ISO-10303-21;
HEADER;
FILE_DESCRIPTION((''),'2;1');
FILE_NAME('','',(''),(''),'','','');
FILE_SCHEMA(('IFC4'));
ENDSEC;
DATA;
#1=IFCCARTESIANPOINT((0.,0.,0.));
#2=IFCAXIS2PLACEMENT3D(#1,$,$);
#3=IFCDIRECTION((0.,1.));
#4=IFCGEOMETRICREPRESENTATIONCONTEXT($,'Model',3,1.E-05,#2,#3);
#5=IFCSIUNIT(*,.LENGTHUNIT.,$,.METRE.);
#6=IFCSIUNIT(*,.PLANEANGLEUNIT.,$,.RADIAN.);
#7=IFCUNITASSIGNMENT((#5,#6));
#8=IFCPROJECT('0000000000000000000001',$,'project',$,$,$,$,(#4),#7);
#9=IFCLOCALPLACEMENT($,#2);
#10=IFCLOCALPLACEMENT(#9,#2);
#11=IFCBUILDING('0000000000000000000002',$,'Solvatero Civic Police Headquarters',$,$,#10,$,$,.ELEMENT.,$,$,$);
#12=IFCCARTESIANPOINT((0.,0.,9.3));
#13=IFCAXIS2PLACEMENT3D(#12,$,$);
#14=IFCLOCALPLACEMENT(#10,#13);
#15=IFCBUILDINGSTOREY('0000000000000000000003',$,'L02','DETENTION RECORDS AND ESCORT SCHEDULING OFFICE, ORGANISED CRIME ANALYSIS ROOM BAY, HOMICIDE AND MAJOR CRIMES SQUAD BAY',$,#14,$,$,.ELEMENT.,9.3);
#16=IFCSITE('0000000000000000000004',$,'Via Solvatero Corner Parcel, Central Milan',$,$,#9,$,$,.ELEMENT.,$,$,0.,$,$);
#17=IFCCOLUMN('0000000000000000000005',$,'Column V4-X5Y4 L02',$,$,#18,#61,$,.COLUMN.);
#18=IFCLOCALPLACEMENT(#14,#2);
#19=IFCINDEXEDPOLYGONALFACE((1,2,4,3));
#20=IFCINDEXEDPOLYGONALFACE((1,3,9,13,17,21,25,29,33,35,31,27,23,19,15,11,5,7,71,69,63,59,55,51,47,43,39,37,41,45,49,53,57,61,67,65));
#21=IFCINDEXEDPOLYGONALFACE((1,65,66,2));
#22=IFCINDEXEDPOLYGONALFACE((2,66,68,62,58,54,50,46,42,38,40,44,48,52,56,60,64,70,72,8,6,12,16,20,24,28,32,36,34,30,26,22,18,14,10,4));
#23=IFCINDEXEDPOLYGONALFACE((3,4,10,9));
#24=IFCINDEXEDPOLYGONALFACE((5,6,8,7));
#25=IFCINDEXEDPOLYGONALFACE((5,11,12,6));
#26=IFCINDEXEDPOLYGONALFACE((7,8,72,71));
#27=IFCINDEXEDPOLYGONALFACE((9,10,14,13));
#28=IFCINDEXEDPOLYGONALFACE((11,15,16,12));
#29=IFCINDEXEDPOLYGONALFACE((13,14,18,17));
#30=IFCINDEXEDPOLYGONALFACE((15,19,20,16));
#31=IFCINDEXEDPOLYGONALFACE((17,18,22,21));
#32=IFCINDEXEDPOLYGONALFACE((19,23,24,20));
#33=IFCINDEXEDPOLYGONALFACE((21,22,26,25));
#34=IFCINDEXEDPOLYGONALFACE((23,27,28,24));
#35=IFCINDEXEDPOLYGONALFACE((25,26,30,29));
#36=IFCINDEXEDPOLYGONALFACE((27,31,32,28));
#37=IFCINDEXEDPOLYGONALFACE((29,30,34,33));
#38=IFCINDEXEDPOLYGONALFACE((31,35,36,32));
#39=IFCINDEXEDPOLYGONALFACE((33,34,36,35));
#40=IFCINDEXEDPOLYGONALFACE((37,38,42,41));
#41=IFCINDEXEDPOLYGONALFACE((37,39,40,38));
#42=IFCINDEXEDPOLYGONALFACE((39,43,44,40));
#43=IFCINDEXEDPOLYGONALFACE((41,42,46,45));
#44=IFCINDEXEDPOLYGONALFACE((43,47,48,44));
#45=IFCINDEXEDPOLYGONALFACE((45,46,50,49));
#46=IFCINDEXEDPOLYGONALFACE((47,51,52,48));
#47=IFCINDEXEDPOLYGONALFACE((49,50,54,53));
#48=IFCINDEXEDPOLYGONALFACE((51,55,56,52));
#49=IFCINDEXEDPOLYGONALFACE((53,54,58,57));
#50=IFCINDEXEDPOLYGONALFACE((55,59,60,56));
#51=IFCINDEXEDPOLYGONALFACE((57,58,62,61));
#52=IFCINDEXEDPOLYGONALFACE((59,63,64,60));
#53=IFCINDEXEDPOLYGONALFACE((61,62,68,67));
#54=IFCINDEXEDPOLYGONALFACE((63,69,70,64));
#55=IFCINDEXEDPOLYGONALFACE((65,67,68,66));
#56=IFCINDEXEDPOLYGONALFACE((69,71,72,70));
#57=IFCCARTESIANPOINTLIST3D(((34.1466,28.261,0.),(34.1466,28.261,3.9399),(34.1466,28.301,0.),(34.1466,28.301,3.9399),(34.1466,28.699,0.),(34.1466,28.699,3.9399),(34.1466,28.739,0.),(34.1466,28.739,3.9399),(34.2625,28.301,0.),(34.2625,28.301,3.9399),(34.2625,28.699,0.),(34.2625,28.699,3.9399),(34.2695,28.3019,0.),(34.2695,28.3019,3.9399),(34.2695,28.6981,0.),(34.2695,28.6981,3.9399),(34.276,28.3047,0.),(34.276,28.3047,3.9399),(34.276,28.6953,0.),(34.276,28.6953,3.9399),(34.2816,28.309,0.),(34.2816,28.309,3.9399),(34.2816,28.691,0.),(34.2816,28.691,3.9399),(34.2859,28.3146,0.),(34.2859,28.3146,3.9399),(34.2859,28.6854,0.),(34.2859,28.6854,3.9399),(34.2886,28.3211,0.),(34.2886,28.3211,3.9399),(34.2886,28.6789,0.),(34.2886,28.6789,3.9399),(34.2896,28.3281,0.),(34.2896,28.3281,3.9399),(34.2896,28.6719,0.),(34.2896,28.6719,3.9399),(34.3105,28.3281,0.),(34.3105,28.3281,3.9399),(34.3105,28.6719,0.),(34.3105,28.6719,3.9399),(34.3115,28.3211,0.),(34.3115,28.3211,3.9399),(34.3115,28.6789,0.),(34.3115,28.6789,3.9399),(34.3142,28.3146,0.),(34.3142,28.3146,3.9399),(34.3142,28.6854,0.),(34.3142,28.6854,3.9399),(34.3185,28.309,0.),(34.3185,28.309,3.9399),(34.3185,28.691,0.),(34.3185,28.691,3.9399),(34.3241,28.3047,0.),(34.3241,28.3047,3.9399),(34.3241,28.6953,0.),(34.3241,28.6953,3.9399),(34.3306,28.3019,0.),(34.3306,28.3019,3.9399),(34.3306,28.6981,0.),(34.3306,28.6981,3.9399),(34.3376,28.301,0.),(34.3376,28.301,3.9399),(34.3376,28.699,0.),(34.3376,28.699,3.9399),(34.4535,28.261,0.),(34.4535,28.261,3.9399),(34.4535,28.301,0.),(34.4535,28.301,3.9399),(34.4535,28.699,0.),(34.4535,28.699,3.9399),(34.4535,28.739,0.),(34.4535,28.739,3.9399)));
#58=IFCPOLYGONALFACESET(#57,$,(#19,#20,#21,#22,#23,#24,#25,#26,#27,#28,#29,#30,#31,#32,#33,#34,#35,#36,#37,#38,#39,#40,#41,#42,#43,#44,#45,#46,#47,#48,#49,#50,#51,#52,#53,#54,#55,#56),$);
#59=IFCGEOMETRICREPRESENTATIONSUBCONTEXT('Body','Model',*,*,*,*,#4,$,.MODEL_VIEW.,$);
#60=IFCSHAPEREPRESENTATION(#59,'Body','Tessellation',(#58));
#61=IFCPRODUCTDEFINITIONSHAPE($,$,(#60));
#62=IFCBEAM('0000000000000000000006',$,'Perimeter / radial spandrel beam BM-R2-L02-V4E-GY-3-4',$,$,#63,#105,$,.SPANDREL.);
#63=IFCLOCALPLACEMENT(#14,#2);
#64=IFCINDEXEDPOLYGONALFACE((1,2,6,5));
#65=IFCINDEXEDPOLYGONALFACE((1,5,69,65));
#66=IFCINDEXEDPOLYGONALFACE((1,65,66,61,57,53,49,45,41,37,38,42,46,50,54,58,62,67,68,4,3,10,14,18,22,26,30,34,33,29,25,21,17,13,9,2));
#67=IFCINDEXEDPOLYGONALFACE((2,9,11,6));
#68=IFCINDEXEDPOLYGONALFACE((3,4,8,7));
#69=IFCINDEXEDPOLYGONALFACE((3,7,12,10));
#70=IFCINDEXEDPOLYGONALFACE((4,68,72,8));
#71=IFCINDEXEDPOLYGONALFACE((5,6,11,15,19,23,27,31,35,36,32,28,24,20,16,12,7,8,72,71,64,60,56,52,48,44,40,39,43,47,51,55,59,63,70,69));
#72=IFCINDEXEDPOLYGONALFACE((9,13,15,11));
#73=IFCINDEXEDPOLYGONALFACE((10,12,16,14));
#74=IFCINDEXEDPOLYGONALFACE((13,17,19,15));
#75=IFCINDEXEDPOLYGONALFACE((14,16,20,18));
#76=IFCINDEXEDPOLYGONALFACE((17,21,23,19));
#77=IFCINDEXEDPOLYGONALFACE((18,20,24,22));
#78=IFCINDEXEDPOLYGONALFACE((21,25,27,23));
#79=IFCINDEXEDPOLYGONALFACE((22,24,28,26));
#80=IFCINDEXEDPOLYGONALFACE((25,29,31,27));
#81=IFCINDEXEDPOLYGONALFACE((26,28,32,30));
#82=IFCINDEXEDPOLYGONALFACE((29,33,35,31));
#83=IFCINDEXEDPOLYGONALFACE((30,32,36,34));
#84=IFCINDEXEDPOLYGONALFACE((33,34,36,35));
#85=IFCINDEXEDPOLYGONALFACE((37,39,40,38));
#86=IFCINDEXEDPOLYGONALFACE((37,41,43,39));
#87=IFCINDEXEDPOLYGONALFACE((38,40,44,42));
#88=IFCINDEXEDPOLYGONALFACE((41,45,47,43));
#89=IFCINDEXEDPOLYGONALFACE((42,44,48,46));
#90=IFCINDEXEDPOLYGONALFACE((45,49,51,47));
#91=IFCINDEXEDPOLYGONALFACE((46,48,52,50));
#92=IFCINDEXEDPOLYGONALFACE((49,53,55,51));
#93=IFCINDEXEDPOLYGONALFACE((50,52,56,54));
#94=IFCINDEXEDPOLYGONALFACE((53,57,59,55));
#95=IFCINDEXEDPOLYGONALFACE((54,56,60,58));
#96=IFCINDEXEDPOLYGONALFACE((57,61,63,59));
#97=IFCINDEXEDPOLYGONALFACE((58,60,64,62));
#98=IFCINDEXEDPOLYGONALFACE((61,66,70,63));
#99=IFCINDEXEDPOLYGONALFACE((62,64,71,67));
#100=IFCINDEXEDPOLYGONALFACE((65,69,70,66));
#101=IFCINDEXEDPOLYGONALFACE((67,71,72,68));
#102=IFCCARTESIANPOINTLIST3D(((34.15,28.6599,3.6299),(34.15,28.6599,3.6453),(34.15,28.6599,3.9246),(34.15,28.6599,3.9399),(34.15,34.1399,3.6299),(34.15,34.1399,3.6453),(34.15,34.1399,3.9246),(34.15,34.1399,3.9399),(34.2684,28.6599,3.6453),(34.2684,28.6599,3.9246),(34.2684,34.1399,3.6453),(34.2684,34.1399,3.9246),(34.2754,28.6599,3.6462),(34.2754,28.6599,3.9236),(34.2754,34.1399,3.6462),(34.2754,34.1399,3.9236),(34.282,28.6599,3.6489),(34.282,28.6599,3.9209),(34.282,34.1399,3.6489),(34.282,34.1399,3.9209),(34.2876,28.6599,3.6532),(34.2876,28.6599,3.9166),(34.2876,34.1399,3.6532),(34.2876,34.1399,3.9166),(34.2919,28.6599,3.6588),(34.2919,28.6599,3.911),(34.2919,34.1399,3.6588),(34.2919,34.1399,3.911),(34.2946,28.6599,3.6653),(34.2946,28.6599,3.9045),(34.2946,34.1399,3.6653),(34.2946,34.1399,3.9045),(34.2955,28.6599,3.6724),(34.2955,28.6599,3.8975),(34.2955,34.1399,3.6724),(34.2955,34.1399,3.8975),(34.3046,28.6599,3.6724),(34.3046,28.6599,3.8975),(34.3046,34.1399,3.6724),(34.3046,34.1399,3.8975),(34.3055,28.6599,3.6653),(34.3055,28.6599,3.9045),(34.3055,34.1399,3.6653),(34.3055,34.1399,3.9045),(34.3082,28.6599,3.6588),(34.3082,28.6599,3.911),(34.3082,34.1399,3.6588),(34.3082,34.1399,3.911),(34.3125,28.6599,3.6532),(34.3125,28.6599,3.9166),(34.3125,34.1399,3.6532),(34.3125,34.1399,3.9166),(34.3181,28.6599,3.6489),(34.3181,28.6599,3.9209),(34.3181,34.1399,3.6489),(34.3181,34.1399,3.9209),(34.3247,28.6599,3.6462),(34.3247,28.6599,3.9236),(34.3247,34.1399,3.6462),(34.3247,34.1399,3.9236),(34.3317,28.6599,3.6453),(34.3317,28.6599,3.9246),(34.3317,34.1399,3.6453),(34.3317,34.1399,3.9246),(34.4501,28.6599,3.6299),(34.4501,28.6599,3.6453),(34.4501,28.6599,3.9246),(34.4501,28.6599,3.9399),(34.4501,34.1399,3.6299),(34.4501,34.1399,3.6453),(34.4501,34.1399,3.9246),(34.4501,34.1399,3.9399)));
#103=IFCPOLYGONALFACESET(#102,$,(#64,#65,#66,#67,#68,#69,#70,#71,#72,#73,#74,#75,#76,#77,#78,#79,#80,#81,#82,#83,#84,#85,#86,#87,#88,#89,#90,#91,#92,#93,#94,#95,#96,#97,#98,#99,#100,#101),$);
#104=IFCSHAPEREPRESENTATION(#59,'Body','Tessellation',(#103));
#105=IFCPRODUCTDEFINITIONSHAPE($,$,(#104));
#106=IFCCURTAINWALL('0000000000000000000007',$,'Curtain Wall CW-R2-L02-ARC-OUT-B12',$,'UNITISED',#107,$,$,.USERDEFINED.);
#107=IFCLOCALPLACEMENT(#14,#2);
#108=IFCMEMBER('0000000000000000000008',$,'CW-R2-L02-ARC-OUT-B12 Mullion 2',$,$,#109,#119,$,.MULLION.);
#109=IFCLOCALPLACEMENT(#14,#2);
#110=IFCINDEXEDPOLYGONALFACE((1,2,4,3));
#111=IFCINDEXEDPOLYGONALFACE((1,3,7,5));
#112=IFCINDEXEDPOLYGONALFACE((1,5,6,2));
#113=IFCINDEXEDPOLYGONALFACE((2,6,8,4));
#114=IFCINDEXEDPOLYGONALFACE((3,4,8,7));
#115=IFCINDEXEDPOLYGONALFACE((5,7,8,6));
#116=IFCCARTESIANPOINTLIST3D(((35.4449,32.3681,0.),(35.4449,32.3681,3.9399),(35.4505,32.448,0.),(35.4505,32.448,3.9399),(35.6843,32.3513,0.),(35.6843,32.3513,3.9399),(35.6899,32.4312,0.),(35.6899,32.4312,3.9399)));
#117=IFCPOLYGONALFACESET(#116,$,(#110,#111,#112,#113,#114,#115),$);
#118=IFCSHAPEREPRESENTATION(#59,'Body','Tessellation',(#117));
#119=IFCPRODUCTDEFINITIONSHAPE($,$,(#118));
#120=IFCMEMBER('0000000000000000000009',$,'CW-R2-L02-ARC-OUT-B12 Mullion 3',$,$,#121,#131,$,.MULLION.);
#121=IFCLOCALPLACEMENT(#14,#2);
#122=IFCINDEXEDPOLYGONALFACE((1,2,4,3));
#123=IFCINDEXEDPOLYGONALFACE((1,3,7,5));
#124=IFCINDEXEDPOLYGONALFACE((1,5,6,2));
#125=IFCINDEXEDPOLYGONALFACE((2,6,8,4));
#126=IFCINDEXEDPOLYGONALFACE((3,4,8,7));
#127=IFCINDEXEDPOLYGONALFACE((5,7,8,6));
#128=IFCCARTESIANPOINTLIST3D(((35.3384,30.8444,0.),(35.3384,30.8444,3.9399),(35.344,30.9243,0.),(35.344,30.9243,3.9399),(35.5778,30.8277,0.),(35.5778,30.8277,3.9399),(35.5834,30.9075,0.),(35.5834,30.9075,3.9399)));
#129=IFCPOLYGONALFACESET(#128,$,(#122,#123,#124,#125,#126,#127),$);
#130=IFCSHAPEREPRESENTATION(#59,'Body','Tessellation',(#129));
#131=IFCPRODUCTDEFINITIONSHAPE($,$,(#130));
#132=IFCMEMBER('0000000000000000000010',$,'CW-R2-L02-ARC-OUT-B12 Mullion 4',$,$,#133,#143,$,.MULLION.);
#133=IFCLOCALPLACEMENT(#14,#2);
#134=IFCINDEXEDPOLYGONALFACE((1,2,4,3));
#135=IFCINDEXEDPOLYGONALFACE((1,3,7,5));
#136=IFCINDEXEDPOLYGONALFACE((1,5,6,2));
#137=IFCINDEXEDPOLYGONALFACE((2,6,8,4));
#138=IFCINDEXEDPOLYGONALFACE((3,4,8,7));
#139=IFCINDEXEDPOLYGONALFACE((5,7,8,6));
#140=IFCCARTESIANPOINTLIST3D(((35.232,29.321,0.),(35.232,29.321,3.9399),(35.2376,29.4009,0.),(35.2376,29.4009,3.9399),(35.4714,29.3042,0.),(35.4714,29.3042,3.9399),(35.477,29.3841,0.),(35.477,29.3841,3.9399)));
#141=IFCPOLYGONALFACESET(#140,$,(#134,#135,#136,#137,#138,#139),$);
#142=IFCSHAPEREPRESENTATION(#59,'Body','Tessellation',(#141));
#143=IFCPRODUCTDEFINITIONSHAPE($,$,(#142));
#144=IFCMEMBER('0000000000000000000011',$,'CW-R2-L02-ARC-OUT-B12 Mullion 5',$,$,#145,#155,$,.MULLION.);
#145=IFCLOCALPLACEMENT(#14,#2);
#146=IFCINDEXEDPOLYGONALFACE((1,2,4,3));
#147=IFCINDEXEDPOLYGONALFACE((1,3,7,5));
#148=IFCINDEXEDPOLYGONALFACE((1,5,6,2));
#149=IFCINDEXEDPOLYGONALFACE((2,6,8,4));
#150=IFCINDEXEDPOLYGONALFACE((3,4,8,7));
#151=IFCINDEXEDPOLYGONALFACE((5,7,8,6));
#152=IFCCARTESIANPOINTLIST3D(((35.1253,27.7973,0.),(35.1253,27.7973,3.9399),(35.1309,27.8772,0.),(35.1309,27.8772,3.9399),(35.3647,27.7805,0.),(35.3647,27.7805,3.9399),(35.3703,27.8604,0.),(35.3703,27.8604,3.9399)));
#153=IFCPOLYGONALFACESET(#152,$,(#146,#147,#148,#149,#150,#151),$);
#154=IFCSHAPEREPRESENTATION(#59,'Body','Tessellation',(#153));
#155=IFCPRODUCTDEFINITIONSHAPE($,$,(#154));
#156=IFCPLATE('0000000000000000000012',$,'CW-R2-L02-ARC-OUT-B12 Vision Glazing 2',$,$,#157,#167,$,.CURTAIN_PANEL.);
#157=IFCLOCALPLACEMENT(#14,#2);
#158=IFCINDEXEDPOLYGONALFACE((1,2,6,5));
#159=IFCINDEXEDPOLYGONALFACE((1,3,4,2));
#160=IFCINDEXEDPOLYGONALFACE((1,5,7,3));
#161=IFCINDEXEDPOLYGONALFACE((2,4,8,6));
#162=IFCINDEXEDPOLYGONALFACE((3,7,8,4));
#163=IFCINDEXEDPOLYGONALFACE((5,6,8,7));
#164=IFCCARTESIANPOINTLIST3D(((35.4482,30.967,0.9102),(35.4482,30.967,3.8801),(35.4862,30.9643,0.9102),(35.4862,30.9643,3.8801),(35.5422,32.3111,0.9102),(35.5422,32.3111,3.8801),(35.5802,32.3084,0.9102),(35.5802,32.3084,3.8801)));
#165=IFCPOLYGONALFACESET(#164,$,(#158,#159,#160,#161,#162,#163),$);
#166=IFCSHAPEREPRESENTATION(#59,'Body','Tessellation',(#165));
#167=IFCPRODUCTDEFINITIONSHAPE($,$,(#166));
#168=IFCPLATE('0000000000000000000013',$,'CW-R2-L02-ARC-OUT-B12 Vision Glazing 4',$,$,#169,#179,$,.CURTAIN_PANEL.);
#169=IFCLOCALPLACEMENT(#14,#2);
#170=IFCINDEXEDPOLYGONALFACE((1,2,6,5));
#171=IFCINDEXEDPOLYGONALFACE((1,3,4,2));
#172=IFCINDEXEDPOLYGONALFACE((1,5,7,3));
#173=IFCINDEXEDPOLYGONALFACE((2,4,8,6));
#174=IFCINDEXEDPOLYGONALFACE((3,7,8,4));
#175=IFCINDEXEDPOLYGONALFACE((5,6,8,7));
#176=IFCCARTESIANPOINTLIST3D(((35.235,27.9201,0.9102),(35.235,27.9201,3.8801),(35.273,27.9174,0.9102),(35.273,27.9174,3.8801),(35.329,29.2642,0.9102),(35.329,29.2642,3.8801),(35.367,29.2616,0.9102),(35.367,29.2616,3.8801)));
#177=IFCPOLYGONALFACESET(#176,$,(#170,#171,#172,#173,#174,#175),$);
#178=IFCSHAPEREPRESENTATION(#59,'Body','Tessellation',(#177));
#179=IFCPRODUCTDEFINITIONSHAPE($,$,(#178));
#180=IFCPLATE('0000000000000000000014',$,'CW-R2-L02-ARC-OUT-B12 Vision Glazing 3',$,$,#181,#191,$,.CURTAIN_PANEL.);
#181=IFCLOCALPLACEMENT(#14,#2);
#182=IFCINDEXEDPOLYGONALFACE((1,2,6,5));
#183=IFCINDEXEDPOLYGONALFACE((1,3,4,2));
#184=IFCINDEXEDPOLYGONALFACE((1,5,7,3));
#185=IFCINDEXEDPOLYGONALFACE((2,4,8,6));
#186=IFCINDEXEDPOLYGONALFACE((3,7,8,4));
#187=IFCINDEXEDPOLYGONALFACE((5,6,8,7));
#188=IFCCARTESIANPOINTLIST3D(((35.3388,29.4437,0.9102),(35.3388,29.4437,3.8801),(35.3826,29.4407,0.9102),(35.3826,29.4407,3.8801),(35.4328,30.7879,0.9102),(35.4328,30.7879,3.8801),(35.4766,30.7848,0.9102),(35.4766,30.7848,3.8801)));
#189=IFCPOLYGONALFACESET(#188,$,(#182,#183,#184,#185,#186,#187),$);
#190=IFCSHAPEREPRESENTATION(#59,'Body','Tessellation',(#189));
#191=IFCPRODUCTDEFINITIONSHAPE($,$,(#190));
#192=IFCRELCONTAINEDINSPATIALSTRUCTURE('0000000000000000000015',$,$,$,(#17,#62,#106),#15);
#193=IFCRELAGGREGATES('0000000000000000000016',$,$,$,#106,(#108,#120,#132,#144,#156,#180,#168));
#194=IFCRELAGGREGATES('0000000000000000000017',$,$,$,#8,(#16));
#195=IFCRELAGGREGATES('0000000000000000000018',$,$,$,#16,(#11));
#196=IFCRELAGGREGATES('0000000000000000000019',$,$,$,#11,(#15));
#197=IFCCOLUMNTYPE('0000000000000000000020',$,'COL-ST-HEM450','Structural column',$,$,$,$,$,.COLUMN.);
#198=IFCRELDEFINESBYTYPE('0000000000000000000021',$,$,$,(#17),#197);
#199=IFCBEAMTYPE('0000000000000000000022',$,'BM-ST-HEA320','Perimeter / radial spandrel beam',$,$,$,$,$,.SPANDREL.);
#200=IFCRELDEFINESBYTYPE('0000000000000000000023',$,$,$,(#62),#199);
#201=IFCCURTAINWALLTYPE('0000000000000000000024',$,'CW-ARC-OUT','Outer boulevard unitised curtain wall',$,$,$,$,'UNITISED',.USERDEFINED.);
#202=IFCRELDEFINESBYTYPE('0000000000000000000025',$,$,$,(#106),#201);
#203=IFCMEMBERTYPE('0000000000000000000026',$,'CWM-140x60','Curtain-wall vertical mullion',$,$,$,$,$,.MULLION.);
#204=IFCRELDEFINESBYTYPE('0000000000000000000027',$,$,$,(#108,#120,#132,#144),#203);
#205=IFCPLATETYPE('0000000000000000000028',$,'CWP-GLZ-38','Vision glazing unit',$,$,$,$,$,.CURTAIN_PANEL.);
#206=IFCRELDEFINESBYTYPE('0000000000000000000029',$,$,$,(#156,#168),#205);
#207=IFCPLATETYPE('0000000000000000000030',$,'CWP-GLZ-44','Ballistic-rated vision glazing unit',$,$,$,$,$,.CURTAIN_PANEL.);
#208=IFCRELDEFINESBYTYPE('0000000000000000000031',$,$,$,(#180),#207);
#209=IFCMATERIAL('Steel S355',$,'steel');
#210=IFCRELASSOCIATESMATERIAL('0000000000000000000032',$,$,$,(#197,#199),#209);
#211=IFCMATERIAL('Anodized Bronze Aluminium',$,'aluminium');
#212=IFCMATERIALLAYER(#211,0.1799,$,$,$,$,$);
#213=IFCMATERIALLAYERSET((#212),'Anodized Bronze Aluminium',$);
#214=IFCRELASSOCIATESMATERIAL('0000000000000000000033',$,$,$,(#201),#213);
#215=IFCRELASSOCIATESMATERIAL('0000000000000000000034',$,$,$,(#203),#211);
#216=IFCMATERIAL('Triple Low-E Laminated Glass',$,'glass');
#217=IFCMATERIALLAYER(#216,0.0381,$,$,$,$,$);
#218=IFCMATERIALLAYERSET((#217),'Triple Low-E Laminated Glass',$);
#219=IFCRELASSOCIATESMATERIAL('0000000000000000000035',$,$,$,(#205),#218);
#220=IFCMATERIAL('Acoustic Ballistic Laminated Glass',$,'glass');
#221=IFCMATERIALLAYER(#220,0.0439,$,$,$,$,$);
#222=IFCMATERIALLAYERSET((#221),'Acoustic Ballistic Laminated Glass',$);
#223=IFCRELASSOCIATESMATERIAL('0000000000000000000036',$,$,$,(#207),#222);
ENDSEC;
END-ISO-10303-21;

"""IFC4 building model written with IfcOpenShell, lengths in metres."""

from ifc_helpers import new_model, si_unit, direction, frame, origin, origin_2d, place, context, subcontext, project, spatial, rectangle, i_section, extrude, material, layer, layer_set, material_profile, profile_set, type_object, element, aggregate, save


model = new_model("IFC4")

# Units and contexts
model_context = context("Model", 3, precision=1e-05, world=origin(), true_north=direction((0.0, 1.0)))
body_context = subcontext(model_context, "Body", "Model", "MODEL_VIEW")
ifc_project = project(units=[si_unit("LENGTHUNIT", "METRE"), si_unit("PLANEANGLEUNIT", "RADIAN")], contexts=[model_context])

# Site, building, storey
site_placement = place(None, origin())
site = spatial("IfcSite", under=ifc_project, at=site_placement, Name="Via Solvatero Corner Parcel, Central Milan", CompositionType="ELEMENT", RefElevation=0.0)
building_placement = place(site_placement, origin())
building = spatial("IfcBuilding", under=site, at=building_placement, Name="Solvatero Civic Police Headquarters", CompositionType="ELEMENT")
storey_placement = place(building_placement, frame((0.0, 0.0, 9.3)))
storey = spatial("IfcBuildingStorey", under=building, at=storey_placement, Name="L02", Description="DETENTION RECORDS AND ESCORT SCHEDULING OFFICE, ORGANISED CRIME ANALYSIS ROOM BAY, HOMICIDE AND MAJOR CRIMES SQUAD BAY", CompositionType="ELEMENT", Elevation=9.3)

# Column
ifc_material_1 = material(Name="Steel S355", Category="steel")
ifc_material_profile_1 = material_profile(ifc_material_1, i_section(OverallWidth=0.3069, OverallDepth=0.478, WebThickness=0.021, FlangeThickness=0.04, FilletRadius=0.0271, at=origin_2d()), Name="HEM 450")
ifc_profile_set_1 = profile_set([ifc_material_profile_1], Name="Steel S355")
column_type = type_object("IfcColumnType", Name="COL-ST-HEM450", Description="Structural column", PredefinedType="COLUMN", material=ifc_profile_set_1)
column_placement = place(storey_placement, frame((34.3, 28.5, 0.0), z_axis=(0.0, 0.0, 1.0), x_axis=(1.0, 0.0, 0.0)))
element("IfcColumn", 1, at=column_placement, inside=storey, type_object=column_type, Name="Column V4-X5Y4 L02", PredefinedType="COLUMN", context=body_context, shape_type="SweptSolid", body=[
    extrude(i_section(OverallWidth=0.3069, OverallDepth=0.478, WebThickness=0.021, FlangeThickness=0.04, FilletRadius=0.0271, at=origin_2d()), origin(), (0.0, 0.0, 1.0), 3.9399),
])

# Beam
ifc_material_profile_2 = material_profile(ifc_material_1, i_section(OverallWidth=0.3, OverallDepth=0.3101, WebThickness=0.009, FlangeThickness=0.0154, FilletRadius=0.0271, at=origin_2d()), Name="HEA 320")
ifc_profile_set_2 = profile_set([ifc_material_profile_2], Name="Steel S355")
beam_type = type_object("IfcBeamType", Name="BM-ST-HEA320", Description="Perimeter / radial spandrel beam", PredefinedType="SPANDREL", material=ifc_profile_set_2)
beam_placement = place(storey_placement, frame((34.3, 28.6599, 3.7849), z_axis=(0.0, 1.0, 0.0), x_axis=(-1.0, 0.0, 0.0)))
element("IfcBeam", 2, at=beam_placement, inside=storey, type_object=beam_type, Name="Perimeter / radial spandrel beam BM-R2-L02-V4E-GY-3-4", PredefinedType="SPANDREL", context=body_context, shape_type="SweptSolid", body=[
    extrude(i_section(OverallWidth=0.3, OverallDepth=0.3101, WebThickness=0.009, FlangeThickness=0.0154, FilletRadius=0.0271, at=origin_2d()), origin(), (0.0, 0.0, 1.0), 5.48),
])

# Curtain wall, members, plates
ifc_material_2 = material(Name="Anodized Bronze Aluminium", Category="aluminium")
ifc_layer_1 = layer(ifc_material_2, 0.1799)
ifc_layer_set_1 = layer_set([ifc_layer_1], Name="Anodized Bronze Aluminium")
curtain_wall_type = type_object("IfcCurtainWallType", Name="CW-ARC-OUT", Description="Outer boulevard unitised curtain wall", ElementType="UNITISED", PredefinedType="USERDEFINED", material=ifc_layer_set_1)
curtain_wall_placement = place(storey_placement, origin())
curtain_wall = element("IfcCurtainWall", 3, at=curtain_wall_placement, inside=storey, type_object=curtain_wall_type, Name="Curtain Wall CW-R2-L02-ARC-OUT-B12", ObjectType="UNITISED", PredefinedType="USERDEFINED")
ifc_material_profile_3 = material_profile(ifc_material_2, rectangle(XDim=0.0801, YDim=0.24, at=origin_2d()), Name="ALU MULLION 80x240")
ifc_profile_set_3 = profile_set([ifc_material_profile_3], Name="Anodized Bronze Aluminium")
member_type = type_object("IfcMemberType", Name="CWM-140x60", Description="Curtain-wall vertical mullion", PredefinedType="MULLION", material=ifc_profile_set_3)
member_1_placement = place(storey_placement, frame((35.5674, 32.3997, 0.0), z_axis=(0.0, 0.0, 1.0), x_axis=(-0.069756, -0.997564, 0.0)))
member_1 = element("IfcMember", 4, at=member_1_placement, type_object=member_type, Name="CW-R2-L02-ARC-OUT-B12 Mullion 2", PredefinedType="MULLION", context=body_context, shape_type="SweptSolid", body=[
    extrude(rectangle(XDim=0.0801, YDim=0.24, at=origin_2d()), origin(), (0.0, 0.0, 1.0), 3.9399),
])
member_2_placement = place(storey_placement, frame((35.4609, 30.876, 0.0), z_axis=(0.0, 0.0, 1.0), x_axis=(-0.069756, -0.997564, 0.0)))
member_2 = element("IfcMember", 5, at=member_2_placement, type_object=member_type, Name="CW-R2-L02-ARC-OUT-B12 Mullion 3", PredefinedType="MULLION", context=body_context, shape_type="SweptSolid", body=[
    extrude(rectangle(XDim=0.0801, YDim=0.24, at=origin_2d()), origin(), (0.0, 0.0, 1.0), 3.9399),
])
member_3_placement = place(storey_placement, frame((35.3545, 29.3525, 0.0), z_axis=(0.0, 0.0, 1.0), x_axis=(-0.069756, -0.997564, 0.0)))
member_3 = element("IfcMember", 6, at=member_3_placement, type_object=member_type, Name="CW-R2-L02-ARC-OUT-B12 Mullion 4", PredefinedType="MULLION", context=body_context, shape_type="SweptSolid", body=[
    extrude(rectangle(XDim=0.0801, YDim=0.24, at=origin_2d()), origin(), (0.0, 0.0, 1.0), 3.9399),
])
member_4_placement = place(storey_placement, frame((35.2478, 27.8289, 0.0), z_axis=(0.0, 0.0, 1.0), x_axis=(-0.069756, -0.997564, 0.0)))
member_4 = element("IfcMember", 7, at=member_4_placement, type_object=member_type, Name="CW-R2-L02-ARC-OUT-B12 Mullion 5", PredefinedType="MULLION", context=body_context, shape_type="SweptSolid", body=[
    extrude(rectangle(XDim=0.0801, YDim=0.24, at=origin_2d()), origin(), (0.0, 0.0, 1.0), 3.9399),
])
ifc_material_3 = material(Name="Triple Low-E Laminated Glass", Category="glass")
ifc_layer_2 = layer(ifc_material_3, 0.0381)
ifc_layer_set_2 = layer_set([ifc_layer_2], Name="Triple Low-E Laminated Glass")
plate_type_1 = type_object("IfcPlateType", Name="CWP-GLZ-38", Description="Vision glazing unit", PredefinedType="CURTAIN_PANEL", material=ifc_layer_set_2)
plate_1_placement = place(storey_placement, frame((35.5142, 31.6377, 0.9102), z_axis=(0.0, 0.0, 1.0), x_axis=(-0.069756, -0.997564, 0.0)))
plate_1 = element("IfcPlate", 8, at=plate_1_placement, type_object=plate_type_1, Name="CW-R2-L02-ARC-OUT-B12 Vision Glazing 2", PredefinedType="CURTAIN_PANEL", context=body_context, shape_type="SweptSolid", body=[
    extrude(rectangle(XDim=1.3474, YDim=0.0381, at=origin_2d()), origin(), (0.0, 0.0, 1.0), 2.97),
])
plate_2_placement = place(storey_placement, frame((35.301, 28.5908, 0.9102), z_axis=(0.0, 0.0, 1.0), x_axis=(-0.069756, -0.997564, 0.0)))
plate_2 = element("IfcPlate", 9, at=plate_2_placement, type_object=plate_type_1, Name="CW-R2-L02-ARC-OUT-B12 Vision Glazing 4", PredefinedType="CURTAIN_PANEL", context=body_context, shape_type="SweptSolid", body=[
    extrude(rectangle(XDim=1.3474, YDim=0.0381, at=origin_2d()), origin(), (0.0, 0.0, 1.0), 2.97),
])
ifc_material_4 = material(Name="Acoustic Ballistic Laminated Glass", Category="glass")
ifc_layer_3 = layer(ifc_material_4, 0.0439)
ifc_layer_set_3 = layer_set([ifc_layer_3], Name="Acoustic Ballistic Laminated Glass")
plate_type_2 = type_object("IfcPlateType", Name="CWP-GLZ-44", Description="Ballistic-rated vision glazing unit", PredefinedType="CURTAIN_PANEL", material=ifc_layer_set_3)
plate_3_placement = place(storey_placement, frame((35.4077, 30.1143, 0.9102), z_axis=(0.0, 0.0, 1.0), x_axis=(-0.069756, -0.997564, 0.0)))
plate_3 = element("IfcPlate", 10, at=plate_3_placement, type_object=plate_type_2, Name="CW-R2-L02-ARC-OUT-B12 Vision Glazing 3", PredefinedType="CURTAIN_PANEL", context=body_context, shape_type="SweptSolid", body=[
    extrude(rectangle(XDim=1.3474, YDim=0.0439, at=origin_2d()), origin(), (0.0, 0.0, 1.0), 2.97),
])
aggregate(curtain_wall, [member_1, member_2, member_3, member_4, plate_1, plate_3, plate_2])

save(model, "model.ifc")
